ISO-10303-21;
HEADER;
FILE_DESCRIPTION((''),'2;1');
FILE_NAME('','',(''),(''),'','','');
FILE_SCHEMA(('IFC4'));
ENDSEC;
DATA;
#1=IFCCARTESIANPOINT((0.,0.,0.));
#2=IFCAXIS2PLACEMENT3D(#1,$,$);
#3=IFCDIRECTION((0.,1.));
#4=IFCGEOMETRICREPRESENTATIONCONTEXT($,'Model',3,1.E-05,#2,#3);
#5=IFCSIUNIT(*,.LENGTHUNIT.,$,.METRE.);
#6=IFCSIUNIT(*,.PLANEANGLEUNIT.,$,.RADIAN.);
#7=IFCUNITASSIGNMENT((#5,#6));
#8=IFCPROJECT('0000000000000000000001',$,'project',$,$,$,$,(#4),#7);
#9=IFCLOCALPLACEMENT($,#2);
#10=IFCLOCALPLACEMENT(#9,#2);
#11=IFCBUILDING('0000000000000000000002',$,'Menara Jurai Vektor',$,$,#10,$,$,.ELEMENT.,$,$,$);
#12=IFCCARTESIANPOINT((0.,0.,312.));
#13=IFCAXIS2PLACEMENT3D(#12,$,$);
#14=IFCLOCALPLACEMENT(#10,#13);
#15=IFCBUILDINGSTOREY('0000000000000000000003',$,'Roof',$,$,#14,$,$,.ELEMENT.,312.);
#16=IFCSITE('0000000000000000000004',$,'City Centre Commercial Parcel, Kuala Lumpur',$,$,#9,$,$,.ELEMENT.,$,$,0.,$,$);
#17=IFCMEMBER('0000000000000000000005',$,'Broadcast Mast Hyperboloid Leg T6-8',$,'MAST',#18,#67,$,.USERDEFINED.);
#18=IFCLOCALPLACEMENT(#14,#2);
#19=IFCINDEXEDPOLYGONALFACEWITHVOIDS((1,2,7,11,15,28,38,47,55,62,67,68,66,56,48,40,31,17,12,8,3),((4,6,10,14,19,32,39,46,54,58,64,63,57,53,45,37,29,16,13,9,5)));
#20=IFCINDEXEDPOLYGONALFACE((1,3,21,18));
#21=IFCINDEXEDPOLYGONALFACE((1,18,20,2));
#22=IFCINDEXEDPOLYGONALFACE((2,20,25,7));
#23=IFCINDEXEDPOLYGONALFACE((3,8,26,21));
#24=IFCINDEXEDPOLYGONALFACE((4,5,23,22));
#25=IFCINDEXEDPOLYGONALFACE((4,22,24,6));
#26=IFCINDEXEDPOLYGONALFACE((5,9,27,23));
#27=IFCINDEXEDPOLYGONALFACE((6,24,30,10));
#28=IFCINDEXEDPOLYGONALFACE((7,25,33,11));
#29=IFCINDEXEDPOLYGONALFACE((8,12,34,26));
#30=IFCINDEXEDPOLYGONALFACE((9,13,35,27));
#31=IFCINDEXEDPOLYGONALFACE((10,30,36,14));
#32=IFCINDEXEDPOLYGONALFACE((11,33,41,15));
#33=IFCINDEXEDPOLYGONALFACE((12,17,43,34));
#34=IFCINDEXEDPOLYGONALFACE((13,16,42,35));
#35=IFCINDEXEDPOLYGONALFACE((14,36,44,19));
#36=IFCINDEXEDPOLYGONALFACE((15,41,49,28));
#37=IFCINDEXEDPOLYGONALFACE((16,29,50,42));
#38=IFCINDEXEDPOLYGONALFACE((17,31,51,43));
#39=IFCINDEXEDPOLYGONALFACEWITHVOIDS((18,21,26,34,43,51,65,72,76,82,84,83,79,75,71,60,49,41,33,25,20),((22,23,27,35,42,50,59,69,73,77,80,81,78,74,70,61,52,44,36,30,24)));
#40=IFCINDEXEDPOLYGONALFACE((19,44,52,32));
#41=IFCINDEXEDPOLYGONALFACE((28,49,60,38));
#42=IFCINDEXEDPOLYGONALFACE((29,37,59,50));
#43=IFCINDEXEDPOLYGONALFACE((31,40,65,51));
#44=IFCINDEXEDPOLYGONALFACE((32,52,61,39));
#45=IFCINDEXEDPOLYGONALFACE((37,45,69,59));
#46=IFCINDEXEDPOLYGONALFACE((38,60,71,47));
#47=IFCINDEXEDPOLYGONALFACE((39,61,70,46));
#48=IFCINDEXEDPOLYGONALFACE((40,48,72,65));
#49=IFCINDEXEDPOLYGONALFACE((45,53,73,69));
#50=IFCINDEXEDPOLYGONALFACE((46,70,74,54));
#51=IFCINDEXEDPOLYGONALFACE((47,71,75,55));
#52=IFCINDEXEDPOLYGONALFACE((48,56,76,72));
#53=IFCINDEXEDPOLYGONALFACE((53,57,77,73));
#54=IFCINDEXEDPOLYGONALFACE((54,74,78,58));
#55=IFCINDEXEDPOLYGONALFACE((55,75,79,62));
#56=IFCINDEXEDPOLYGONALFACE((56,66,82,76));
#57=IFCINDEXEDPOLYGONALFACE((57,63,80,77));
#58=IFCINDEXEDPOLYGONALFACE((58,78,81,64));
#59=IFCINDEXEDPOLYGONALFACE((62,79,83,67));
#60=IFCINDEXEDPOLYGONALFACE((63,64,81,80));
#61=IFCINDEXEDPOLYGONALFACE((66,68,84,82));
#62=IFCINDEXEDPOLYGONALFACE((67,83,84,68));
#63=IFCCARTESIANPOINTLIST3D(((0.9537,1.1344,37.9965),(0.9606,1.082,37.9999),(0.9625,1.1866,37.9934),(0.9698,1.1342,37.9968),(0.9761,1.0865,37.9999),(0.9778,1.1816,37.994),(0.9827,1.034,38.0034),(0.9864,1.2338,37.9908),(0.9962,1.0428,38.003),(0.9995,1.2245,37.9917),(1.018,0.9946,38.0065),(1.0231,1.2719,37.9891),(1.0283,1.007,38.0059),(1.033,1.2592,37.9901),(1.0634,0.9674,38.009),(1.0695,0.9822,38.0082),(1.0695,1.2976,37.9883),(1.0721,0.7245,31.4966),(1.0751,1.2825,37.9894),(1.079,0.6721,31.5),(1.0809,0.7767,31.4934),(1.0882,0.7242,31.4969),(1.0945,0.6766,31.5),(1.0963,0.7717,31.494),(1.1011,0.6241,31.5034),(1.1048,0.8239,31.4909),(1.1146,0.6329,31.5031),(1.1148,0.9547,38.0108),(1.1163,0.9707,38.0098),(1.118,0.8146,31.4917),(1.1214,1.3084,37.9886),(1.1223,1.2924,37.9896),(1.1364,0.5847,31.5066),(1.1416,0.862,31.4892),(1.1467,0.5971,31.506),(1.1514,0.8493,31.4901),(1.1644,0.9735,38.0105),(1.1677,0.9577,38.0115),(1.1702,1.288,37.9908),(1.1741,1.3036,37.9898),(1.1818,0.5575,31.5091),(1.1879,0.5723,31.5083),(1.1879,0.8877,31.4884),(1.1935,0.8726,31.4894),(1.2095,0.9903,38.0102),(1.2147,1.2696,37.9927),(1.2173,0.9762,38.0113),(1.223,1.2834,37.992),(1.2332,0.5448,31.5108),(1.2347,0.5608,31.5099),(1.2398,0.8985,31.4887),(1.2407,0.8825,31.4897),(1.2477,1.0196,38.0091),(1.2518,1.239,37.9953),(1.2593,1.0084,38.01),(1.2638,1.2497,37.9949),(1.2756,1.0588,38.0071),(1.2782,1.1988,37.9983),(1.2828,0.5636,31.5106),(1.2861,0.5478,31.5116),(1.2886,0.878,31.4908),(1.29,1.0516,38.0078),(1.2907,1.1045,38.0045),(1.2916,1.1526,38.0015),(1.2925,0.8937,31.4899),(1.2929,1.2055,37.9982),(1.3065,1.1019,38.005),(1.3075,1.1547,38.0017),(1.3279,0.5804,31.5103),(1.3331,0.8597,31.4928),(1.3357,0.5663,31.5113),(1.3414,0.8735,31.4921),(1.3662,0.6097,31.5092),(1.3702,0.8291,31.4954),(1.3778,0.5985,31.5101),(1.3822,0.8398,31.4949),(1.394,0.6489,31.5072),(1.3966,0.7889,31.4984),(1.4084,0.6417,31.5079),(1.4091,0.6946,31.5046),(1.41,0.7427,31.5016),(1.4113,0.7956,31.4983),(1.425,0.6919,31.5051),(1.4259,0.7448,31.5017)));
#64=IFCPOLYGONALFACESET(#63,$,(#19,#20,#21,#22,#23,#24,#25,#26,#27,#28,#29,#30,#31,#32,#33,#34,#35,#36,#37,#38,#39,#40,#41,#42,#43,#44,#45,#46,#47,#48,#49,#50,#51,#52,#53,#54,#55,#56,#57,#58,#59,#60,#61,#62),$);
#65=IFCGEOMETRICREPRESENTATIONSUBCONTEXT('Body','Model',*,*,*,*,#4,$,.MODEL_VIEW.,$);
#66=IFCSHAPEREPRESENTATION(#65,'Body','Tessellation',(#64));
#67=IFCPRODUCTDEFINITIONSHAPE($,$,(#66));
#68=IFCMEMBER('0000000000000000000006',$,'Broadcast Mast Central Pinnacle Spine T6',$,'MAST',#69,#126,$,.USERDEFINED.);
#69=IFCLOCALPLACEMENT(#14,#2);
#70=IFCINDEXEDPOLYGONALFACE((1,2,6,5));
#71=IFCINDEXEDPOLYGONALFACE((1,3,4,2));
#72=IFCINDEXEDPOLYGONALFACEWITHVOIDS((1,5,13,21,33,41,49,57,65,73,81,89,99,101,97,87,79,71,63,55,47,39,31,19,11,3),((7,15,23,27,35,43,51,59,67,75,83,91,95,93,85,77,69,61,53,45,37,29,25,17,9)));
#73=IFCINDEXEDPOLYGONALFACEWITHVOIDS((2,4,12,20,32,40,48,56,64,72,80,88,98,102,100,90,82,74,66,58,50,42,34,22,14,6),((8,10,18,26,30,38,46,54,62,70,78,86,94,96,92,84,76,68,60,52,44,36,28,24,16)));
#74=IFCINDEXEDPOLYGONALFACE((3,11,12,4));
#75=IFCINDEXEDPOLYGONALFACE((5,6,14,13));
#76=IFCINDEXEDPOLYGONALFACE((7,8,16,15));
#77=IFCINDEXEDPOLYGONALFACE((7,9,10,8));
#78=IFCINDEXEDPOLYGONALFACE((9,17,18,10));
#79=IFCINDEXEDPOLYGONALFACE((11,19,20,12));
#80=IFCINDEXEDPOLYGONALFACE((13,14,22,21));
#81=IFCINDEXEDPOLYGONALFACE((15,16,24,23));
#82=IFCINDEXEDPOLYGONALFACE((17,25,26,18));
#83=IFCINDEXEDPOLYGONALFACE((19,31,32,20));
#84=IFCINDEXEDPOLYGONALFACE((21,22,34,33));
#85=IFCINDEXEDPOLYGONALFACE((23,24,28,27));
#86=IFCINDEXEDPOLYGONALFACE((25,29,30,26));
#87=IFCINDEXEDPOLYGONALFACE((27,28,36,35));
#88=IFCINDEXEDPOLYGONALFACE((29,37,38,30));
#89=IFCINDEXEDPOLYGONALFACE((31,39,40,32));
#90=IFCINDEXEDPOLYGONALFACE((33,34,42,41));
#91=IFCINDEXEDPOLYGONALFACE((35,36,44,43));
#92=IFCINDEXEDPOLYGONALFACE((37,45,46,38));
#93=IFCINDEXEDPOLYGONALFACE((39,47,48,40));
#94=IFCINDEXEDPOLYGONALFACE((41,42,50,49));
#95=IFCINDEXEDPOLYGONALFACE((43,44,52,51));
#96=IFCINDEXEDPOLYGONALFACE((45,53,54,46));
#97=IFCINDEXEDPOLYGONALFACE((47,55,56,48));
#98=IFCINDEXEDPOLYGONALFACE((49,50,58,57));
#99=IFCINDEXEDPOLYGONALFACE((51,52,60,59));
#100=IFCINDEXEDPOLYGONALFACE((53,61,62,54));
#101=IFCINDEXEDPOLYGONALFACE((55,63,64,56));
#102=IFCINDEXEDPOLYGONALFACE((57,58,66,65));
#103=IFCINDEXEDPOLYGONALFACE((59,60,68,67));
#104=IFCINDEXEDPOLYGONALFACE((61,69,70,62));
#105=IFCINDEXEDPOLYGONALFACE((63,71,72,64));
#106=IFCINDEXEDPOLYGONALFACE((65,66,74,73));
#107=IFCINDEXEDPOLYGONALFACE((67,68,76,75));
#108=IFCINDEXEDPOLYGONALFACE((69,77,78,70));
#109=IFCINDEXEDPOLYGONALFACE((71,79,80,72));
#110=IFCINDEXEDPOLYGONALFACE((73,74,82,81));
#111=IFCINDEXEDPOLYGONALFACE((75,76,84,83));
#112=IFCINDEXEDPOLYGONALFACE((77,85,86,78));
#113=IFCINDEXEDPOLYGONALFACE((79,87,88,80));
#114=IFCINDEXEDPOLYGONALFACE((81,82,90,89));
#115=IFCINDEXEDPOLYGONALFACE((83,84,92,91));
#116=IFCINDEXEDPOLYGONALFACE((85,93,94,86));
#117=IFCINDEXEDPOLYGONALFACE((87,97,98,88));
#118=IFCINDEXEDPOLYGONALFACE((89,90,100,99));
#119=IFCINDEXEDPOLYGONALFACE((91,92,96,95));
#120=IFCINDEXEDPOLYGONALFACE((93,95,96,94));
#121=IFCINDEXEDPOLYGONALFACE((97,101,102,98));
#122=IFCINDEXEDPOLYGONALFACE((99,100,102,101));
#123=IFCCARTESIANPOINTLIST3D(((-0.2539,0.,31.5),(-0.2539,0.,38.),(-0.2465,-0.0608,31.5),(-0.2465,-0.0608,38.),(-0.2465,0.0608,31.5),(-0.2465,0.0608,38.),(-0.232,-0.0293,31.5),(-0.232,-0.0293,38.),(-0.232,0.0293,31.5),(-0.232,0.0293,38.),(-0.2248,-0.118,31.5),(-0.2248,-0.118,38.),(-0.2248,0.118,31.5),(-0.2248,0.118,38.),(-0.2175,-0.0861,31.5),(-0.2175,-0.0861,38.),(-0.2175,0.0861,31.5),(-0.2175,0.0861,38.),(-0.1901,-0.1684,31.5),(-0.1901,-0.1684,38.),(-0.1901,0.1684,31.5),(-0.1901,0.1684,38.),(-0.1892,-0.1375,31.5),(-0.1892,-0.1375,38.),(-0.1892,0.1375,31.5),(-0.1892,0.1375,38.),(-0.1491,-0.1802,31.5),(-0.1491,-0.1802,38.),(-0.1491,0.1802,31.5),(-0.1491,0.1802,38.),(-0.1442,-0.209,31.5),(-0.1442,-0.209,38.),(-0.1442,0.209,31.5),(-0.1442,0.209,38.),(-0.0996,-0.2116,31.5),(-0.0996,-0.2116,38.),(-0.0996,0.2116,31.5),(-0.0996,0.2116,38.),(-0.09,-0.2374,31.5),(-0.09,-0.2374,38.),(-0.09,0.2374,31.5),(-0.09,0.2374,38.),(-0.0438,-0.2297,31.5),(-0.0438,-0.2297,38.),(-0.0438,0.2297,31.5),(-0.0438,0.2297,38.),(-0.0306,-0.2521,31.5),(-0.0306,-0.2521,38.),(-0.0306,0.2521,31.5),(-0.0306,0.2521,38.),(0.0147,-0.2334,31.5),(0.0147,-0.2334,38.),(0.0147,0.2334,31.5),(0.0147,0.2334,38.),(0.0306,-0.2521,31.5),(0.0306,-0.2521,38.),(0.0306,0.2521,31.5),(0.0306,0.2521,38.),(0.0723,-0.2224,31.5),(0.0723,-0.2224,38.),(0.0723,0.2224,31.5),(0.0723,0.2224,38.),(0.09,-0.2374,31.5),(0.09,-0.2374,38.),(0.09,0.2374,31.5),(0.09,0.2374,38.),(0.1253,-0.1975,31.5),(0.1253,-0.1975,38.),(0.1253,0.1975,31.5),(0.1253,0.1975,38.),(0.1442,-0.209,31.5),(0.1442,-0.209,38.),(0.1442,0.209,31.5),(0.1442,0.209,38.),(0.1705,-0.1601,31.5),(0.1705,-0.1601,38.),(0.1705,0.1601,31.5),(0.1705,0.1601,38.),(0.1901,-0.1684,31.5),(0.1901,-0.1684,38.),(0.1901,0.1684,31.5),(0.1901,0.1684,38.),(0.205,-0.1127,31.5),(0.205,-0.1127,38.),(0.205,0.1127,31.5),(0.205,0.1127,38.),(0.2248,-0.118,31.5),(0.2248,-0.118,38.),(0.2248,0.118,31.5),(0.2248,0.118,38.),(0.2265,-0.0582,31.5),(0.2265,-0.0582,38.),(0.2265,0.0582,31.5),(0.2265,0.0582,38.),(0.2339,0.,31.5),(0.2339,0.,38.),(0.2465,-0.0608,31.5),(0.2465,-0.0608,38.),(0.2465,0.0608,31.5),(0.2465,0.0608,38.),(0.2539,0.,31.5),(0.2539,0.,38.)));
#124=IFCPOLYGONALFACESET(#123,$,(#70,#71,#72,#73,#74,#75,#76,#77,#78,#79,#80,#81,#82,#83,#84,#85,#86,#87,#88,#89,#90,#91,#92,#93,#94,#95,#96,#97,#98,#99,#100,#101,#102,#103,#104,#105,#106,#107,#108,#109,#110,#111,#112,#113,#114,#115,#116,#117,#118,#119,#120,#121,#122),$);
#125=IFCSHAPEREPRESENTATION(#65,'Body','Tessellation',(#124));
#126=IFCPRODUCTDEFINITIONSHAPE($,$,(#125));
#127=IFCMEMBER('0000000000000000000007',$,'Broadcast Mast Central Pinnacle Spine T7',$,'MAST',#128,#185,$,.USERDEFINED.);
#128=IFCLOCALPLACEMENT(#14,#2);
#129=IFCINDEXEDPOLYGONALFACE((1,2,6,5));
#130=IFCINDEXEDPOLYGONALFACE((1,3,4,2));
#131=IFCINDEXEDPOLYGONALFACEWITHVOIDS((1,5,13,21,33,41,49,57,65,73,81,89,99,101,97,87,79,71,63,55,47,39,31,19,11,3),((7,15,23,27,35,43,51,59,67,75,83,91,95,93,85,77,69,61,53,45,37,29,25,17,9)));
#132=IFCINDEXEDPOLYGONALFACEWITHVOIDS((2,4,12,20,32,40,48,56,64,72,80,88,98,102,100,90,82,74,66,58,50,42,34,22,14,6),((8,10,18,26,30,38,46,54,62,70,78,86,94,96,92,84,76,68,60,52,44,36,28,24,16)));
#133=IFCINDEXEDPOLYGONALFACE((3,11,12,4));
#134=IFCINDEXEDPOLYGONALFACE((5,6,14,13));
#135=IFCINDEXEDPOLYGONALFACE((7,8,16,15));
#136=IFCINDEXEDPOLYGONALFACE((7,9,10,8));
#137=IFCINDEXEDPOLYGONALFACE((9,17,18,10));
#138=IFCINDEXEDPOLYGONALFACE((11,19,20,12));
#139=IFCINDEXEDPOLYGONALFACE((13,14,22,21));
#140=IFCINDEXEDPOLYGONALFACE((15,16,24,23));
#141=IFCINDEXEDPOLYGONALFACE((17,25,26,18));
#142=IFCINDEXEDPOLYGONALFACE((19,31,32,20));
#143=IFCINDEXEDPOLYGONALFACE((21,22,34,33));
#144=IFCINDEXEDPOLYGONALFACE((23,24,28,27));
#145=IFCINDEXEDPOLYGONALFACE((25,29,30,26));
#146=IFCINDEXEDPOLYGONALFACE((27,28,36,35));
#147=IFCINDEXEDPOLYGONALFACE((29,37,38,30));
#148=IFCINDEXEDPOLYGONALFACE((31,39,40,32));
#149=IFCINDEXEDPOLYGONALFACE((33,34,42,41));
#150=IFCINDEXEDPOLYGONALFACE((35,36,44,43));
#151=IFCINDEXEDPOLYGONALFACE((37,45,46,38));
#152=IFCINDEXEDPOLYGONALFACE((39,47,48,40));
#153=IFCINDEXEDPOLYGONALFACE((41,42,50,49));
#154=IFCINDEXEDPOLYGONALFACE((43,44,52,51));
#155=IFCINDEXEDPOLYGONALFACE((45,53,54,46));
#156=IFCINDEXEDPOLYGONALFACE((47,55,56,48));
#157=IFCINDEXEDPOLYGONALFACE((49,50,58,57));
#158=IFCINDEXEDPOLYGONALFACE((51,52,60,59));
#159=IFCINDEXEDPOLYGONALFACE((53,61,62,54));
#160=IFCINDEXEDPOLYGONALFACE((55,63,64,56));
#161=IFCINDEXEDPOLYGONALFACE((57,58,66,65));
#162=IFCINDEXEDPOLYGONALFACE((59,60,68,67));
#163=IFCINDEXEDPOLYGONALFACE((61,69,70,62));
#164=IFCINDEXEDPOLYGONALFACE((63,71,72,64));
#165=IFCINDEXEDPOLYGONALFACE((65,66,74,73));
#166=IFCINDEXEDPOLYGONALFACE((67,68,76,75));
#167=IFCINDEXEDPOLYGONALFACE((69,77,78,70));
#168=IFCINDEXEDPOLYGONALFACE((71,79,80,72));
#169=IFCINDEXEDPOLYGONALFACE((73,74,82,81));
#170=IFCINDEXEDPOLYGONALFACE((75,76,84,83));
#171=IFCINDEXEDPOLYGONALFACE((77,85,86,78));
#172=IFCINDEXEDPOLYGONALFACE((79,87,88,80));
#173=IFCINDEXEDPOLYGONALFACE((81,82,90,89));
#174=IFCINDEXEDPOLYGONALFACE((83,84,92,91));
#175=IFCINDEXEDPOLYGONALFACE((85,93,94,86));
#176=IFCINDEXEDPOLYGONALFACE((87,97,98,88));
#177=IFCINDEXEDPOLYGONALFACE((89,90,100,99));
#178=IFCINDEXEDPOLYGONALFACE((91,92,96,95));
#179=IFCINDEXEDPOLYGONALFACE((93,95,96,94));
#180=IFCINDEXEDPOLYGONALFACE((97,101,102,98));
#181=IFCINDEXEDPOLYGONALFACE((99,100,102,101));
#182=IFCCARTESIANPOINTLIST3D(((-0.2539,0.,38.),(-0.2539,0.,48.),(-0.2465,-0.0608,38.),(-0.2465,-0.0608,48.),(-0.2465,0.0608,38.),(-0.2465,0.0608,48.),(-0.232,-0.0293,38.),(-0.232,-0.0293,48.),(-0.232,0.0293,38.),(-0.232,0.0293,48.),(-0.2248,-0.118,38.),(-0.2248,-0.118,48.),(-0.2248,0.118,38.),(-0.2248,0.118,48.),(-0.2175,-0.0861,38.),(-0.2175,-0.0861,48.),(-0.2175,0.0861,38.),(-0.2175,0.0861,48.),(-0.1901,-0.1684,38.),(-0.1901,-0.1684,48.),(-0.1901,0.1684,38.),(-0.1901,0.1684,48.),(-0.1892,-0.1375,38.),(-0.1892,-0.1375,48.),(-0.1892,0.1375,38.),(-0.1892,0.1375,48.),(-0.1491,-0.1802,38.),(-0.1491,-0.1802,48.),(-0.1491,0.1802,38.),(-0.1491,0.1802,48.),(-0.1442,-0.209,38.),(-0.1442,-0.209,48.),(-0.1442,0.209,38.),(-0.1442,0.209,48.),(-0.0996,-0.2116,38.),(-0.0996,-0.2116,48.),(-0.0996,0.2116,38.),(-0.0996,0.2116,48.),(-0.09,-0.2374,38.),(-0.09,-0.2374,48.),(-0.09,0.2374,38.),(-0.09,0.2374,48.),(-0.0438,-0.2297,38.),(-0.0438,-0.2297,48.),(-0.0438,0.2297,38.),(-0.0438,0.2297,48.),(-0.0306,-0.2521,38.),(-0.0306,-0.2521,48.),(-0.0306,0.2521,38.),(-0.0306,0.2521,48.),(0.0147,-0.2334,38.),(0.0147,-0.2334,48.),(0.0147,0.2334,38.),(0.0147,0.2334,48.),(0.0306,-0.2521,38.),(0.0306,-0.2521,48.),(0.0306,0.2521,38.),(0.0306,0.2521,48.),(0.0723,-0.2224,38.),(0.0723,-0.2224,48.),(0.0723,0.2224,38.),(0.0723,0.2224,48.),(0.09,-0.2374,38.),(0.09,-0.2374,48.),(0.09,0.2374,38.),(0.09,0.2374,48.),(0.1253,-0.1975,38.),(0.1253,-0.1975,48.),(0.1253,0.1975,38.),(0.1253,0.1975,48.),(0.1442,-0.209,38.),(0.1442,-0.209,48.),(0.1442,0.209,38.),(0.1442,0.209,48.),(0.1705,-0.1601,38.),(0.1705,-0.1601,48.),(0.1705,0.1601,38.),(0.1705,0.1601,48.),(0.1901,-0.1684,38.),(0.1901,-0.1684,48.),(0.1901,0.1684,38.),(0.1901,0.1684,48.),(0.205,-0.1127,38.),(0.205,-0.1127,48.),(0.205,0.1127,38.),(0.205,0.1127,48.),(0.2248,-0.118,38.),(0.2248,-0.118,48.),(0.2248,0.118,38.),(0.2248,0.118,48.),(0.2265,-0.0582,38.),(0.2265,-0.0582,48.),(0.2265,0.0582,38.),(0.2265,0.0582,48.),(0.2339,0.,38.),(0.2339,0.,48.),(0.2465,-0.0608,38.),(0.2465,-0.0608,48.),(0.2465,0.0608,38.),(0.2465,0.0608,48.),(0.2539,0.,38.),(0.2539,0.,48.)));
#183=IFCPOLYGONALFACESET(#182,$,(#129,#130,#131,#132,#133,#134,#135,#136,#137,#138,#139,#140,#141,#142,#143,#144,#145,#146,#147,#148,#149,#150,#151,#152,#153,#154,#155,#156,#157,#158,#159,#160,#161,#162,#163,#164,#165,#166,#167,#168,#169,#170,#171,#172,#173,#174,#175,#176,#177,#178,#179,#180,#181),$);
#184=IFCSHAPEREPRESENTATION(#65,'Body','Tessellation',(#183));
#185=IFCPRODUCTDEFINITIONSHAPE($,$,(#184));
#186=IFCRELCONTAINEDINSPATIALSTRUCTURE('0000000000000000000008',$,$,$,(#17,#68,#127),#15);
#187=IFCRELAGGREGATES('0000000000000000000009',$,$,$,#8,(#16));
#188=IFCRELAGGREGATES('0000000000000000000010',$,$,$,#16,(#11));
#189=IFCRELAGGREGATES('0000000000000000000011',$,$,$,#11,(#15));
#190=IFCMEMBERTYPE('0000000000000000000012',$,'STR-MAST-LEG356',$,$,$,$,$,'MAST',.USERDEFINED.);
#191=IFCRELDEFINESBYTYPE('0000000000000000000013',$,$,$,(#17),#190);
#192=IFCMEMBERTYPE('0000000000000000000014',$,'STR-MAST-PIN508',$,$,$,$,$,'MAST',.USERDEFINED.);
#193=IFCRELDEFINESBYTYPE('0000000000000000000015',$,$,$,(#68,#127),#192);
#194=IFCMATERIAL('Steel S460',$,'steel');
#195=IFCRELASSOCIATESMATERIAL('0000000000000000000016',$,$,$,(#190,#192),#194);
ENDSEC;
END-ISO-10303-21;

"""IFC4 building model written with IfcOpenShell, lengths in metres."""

from ifc_helpers import new_model, si_unit, direction, frame, origin, origin_2d, place, context, subcontext, project, spatial, hollow_circle, extrude, material, material_profile, profile_set, type_object, element, save


model = new_model("IFC4")

# Units and contexts
model_context = context("Model", 3, precision=1e-05, world=origin(), true_north=direction((0.0, 1.0)))
body_context = subcontext(model_context, "Body", "Model", "MODEL_VIEW")
ifc_project = project(units=[si_unit("LENGTHUNIT", "METRE"), si_unit("PLANEANGLEUNIT", "RADIAN")], contexts=[model_context])

# Site, building, storey
site_placement = place(None, origin())
site = spatial("IfcSite", under=ifc_project, at=site_placement, Name="City Centre Commercial Parcel, Kuala Lumpur", CompositionType="ELEMENT", RefElevation=0.0)
building_placement = place(site_placement, origin())
building = spatial("IfcBuilding", under=site, at=building_placement, Name="Menara Jurai Vektor", CompositionType="ELEMENT")
storey_placement = place(building_placement, frame((0.0, 0.0, 312.0)))
storey = spatial("IfcBuildingStorey", under=building, at=storey_placement, Name="Roof", CompositionType="ELEMENT", Elevation=312.0)

# Members
ifc_material = material(Name="Steel S460", Category="steel")
ifc_material_profile_1 = material_profile(ifc_material, hollow_circle(Radius=0.1777, WallThickness=0.0161, at=origin_2d()), Name="CHS 355.6x16")
ifc_profile_set_1 = profile_set([ifc_material_profile_1], Name="Steel S460")
member_type_1 = type_object("IfcMemberType", Name="STR-MAST-LEG356", ElementType="MAST", PredefinedType="USERDEFINED", material=ifc_profile_set_1)
for number, where, z_axis, x_axis, name in (
    (1, (1.2498, 0.7214, 31.5), (-0.018178, 0.062928, 0.997853), (-0.960721, -0.277516, 0.0), "Broadcast Mast Hyperboloid Leg T6-8"),
):
    element("IfcMember", number, at=place(storey_placement, frame(where, z_axis=z_axis, x_axis=x_axis)), inside=storey, type_object=member_type_1, Name=name, ObjectType="MAST", PredefinedType="USERDEFINED", context=body_context, shape_type="SweptSolid", body=[
        extrude(hollow_circle(Radius=0.1777, WallThickness=0.0161, at=origin_2d()), origin(), (0.0, 0.0, 1.0), 6.5139),
    ])
ifc_material_profile_2 = material_profile(ifc_material, hollow_circle(Radius=0.2539, WallThickness=0.02, at=origin_2d()), Name="CHS 508x20")
ifc_profile_set_2 = profile_set([ifc_material_profile_2], Name="Steel S460")
member_type_2 = type_object("IfcMemberType", Name="STR-MAST-PIN508", ElementType="MAST", PredefinedType="USERDEFINED", material=ifc_profile_set_2)
member_1_placement = place(storey_placement, frame((0.0, 0.0, 31.5), z_axis=(0.0, 0.0, 1.0), x_axis=(1.0, 0.0, 0.0)))
element("IfcMember", 2, at=member_1_placement, inside=storey, type_object=member_type_2, Name="Broadcast Mast Central Pinnacle Spine T6", ObjectType="MAST", PredefinedType="USERDEFINED", context=body_context, shape_type="SweptSolid", body=[
    extrude(hollow_circle(Radius=0.2539, WallThickness=0.02, at=origin_2d()), origin(), (0.0, 0.0, 1.0), 6.5),
])
member_2_placement = place(storey_placement, frame((0.0, 0.0, 38.0), z_axis=(0.0, 0.0, 1.0), x_axis=(1.0, 0.0, 0.0)))
element("IfcMember", 3, at=member_2_placement, inside=storey, type_object=member_type_2, Name="Broadcast Mast Central Pinnacle Spine T7", ObjectType="MAST", PredefinedType="USERDEFINED", context=body_context, shape_type="SweptSolid", body=[
    extrude(hollow_circle(Radius=0.2539, WallThickness=0.02, at=origin_2d()), origin(), (0.0, 0.0, 1.0), 10.0),
])

save(model, "model.ifc")
